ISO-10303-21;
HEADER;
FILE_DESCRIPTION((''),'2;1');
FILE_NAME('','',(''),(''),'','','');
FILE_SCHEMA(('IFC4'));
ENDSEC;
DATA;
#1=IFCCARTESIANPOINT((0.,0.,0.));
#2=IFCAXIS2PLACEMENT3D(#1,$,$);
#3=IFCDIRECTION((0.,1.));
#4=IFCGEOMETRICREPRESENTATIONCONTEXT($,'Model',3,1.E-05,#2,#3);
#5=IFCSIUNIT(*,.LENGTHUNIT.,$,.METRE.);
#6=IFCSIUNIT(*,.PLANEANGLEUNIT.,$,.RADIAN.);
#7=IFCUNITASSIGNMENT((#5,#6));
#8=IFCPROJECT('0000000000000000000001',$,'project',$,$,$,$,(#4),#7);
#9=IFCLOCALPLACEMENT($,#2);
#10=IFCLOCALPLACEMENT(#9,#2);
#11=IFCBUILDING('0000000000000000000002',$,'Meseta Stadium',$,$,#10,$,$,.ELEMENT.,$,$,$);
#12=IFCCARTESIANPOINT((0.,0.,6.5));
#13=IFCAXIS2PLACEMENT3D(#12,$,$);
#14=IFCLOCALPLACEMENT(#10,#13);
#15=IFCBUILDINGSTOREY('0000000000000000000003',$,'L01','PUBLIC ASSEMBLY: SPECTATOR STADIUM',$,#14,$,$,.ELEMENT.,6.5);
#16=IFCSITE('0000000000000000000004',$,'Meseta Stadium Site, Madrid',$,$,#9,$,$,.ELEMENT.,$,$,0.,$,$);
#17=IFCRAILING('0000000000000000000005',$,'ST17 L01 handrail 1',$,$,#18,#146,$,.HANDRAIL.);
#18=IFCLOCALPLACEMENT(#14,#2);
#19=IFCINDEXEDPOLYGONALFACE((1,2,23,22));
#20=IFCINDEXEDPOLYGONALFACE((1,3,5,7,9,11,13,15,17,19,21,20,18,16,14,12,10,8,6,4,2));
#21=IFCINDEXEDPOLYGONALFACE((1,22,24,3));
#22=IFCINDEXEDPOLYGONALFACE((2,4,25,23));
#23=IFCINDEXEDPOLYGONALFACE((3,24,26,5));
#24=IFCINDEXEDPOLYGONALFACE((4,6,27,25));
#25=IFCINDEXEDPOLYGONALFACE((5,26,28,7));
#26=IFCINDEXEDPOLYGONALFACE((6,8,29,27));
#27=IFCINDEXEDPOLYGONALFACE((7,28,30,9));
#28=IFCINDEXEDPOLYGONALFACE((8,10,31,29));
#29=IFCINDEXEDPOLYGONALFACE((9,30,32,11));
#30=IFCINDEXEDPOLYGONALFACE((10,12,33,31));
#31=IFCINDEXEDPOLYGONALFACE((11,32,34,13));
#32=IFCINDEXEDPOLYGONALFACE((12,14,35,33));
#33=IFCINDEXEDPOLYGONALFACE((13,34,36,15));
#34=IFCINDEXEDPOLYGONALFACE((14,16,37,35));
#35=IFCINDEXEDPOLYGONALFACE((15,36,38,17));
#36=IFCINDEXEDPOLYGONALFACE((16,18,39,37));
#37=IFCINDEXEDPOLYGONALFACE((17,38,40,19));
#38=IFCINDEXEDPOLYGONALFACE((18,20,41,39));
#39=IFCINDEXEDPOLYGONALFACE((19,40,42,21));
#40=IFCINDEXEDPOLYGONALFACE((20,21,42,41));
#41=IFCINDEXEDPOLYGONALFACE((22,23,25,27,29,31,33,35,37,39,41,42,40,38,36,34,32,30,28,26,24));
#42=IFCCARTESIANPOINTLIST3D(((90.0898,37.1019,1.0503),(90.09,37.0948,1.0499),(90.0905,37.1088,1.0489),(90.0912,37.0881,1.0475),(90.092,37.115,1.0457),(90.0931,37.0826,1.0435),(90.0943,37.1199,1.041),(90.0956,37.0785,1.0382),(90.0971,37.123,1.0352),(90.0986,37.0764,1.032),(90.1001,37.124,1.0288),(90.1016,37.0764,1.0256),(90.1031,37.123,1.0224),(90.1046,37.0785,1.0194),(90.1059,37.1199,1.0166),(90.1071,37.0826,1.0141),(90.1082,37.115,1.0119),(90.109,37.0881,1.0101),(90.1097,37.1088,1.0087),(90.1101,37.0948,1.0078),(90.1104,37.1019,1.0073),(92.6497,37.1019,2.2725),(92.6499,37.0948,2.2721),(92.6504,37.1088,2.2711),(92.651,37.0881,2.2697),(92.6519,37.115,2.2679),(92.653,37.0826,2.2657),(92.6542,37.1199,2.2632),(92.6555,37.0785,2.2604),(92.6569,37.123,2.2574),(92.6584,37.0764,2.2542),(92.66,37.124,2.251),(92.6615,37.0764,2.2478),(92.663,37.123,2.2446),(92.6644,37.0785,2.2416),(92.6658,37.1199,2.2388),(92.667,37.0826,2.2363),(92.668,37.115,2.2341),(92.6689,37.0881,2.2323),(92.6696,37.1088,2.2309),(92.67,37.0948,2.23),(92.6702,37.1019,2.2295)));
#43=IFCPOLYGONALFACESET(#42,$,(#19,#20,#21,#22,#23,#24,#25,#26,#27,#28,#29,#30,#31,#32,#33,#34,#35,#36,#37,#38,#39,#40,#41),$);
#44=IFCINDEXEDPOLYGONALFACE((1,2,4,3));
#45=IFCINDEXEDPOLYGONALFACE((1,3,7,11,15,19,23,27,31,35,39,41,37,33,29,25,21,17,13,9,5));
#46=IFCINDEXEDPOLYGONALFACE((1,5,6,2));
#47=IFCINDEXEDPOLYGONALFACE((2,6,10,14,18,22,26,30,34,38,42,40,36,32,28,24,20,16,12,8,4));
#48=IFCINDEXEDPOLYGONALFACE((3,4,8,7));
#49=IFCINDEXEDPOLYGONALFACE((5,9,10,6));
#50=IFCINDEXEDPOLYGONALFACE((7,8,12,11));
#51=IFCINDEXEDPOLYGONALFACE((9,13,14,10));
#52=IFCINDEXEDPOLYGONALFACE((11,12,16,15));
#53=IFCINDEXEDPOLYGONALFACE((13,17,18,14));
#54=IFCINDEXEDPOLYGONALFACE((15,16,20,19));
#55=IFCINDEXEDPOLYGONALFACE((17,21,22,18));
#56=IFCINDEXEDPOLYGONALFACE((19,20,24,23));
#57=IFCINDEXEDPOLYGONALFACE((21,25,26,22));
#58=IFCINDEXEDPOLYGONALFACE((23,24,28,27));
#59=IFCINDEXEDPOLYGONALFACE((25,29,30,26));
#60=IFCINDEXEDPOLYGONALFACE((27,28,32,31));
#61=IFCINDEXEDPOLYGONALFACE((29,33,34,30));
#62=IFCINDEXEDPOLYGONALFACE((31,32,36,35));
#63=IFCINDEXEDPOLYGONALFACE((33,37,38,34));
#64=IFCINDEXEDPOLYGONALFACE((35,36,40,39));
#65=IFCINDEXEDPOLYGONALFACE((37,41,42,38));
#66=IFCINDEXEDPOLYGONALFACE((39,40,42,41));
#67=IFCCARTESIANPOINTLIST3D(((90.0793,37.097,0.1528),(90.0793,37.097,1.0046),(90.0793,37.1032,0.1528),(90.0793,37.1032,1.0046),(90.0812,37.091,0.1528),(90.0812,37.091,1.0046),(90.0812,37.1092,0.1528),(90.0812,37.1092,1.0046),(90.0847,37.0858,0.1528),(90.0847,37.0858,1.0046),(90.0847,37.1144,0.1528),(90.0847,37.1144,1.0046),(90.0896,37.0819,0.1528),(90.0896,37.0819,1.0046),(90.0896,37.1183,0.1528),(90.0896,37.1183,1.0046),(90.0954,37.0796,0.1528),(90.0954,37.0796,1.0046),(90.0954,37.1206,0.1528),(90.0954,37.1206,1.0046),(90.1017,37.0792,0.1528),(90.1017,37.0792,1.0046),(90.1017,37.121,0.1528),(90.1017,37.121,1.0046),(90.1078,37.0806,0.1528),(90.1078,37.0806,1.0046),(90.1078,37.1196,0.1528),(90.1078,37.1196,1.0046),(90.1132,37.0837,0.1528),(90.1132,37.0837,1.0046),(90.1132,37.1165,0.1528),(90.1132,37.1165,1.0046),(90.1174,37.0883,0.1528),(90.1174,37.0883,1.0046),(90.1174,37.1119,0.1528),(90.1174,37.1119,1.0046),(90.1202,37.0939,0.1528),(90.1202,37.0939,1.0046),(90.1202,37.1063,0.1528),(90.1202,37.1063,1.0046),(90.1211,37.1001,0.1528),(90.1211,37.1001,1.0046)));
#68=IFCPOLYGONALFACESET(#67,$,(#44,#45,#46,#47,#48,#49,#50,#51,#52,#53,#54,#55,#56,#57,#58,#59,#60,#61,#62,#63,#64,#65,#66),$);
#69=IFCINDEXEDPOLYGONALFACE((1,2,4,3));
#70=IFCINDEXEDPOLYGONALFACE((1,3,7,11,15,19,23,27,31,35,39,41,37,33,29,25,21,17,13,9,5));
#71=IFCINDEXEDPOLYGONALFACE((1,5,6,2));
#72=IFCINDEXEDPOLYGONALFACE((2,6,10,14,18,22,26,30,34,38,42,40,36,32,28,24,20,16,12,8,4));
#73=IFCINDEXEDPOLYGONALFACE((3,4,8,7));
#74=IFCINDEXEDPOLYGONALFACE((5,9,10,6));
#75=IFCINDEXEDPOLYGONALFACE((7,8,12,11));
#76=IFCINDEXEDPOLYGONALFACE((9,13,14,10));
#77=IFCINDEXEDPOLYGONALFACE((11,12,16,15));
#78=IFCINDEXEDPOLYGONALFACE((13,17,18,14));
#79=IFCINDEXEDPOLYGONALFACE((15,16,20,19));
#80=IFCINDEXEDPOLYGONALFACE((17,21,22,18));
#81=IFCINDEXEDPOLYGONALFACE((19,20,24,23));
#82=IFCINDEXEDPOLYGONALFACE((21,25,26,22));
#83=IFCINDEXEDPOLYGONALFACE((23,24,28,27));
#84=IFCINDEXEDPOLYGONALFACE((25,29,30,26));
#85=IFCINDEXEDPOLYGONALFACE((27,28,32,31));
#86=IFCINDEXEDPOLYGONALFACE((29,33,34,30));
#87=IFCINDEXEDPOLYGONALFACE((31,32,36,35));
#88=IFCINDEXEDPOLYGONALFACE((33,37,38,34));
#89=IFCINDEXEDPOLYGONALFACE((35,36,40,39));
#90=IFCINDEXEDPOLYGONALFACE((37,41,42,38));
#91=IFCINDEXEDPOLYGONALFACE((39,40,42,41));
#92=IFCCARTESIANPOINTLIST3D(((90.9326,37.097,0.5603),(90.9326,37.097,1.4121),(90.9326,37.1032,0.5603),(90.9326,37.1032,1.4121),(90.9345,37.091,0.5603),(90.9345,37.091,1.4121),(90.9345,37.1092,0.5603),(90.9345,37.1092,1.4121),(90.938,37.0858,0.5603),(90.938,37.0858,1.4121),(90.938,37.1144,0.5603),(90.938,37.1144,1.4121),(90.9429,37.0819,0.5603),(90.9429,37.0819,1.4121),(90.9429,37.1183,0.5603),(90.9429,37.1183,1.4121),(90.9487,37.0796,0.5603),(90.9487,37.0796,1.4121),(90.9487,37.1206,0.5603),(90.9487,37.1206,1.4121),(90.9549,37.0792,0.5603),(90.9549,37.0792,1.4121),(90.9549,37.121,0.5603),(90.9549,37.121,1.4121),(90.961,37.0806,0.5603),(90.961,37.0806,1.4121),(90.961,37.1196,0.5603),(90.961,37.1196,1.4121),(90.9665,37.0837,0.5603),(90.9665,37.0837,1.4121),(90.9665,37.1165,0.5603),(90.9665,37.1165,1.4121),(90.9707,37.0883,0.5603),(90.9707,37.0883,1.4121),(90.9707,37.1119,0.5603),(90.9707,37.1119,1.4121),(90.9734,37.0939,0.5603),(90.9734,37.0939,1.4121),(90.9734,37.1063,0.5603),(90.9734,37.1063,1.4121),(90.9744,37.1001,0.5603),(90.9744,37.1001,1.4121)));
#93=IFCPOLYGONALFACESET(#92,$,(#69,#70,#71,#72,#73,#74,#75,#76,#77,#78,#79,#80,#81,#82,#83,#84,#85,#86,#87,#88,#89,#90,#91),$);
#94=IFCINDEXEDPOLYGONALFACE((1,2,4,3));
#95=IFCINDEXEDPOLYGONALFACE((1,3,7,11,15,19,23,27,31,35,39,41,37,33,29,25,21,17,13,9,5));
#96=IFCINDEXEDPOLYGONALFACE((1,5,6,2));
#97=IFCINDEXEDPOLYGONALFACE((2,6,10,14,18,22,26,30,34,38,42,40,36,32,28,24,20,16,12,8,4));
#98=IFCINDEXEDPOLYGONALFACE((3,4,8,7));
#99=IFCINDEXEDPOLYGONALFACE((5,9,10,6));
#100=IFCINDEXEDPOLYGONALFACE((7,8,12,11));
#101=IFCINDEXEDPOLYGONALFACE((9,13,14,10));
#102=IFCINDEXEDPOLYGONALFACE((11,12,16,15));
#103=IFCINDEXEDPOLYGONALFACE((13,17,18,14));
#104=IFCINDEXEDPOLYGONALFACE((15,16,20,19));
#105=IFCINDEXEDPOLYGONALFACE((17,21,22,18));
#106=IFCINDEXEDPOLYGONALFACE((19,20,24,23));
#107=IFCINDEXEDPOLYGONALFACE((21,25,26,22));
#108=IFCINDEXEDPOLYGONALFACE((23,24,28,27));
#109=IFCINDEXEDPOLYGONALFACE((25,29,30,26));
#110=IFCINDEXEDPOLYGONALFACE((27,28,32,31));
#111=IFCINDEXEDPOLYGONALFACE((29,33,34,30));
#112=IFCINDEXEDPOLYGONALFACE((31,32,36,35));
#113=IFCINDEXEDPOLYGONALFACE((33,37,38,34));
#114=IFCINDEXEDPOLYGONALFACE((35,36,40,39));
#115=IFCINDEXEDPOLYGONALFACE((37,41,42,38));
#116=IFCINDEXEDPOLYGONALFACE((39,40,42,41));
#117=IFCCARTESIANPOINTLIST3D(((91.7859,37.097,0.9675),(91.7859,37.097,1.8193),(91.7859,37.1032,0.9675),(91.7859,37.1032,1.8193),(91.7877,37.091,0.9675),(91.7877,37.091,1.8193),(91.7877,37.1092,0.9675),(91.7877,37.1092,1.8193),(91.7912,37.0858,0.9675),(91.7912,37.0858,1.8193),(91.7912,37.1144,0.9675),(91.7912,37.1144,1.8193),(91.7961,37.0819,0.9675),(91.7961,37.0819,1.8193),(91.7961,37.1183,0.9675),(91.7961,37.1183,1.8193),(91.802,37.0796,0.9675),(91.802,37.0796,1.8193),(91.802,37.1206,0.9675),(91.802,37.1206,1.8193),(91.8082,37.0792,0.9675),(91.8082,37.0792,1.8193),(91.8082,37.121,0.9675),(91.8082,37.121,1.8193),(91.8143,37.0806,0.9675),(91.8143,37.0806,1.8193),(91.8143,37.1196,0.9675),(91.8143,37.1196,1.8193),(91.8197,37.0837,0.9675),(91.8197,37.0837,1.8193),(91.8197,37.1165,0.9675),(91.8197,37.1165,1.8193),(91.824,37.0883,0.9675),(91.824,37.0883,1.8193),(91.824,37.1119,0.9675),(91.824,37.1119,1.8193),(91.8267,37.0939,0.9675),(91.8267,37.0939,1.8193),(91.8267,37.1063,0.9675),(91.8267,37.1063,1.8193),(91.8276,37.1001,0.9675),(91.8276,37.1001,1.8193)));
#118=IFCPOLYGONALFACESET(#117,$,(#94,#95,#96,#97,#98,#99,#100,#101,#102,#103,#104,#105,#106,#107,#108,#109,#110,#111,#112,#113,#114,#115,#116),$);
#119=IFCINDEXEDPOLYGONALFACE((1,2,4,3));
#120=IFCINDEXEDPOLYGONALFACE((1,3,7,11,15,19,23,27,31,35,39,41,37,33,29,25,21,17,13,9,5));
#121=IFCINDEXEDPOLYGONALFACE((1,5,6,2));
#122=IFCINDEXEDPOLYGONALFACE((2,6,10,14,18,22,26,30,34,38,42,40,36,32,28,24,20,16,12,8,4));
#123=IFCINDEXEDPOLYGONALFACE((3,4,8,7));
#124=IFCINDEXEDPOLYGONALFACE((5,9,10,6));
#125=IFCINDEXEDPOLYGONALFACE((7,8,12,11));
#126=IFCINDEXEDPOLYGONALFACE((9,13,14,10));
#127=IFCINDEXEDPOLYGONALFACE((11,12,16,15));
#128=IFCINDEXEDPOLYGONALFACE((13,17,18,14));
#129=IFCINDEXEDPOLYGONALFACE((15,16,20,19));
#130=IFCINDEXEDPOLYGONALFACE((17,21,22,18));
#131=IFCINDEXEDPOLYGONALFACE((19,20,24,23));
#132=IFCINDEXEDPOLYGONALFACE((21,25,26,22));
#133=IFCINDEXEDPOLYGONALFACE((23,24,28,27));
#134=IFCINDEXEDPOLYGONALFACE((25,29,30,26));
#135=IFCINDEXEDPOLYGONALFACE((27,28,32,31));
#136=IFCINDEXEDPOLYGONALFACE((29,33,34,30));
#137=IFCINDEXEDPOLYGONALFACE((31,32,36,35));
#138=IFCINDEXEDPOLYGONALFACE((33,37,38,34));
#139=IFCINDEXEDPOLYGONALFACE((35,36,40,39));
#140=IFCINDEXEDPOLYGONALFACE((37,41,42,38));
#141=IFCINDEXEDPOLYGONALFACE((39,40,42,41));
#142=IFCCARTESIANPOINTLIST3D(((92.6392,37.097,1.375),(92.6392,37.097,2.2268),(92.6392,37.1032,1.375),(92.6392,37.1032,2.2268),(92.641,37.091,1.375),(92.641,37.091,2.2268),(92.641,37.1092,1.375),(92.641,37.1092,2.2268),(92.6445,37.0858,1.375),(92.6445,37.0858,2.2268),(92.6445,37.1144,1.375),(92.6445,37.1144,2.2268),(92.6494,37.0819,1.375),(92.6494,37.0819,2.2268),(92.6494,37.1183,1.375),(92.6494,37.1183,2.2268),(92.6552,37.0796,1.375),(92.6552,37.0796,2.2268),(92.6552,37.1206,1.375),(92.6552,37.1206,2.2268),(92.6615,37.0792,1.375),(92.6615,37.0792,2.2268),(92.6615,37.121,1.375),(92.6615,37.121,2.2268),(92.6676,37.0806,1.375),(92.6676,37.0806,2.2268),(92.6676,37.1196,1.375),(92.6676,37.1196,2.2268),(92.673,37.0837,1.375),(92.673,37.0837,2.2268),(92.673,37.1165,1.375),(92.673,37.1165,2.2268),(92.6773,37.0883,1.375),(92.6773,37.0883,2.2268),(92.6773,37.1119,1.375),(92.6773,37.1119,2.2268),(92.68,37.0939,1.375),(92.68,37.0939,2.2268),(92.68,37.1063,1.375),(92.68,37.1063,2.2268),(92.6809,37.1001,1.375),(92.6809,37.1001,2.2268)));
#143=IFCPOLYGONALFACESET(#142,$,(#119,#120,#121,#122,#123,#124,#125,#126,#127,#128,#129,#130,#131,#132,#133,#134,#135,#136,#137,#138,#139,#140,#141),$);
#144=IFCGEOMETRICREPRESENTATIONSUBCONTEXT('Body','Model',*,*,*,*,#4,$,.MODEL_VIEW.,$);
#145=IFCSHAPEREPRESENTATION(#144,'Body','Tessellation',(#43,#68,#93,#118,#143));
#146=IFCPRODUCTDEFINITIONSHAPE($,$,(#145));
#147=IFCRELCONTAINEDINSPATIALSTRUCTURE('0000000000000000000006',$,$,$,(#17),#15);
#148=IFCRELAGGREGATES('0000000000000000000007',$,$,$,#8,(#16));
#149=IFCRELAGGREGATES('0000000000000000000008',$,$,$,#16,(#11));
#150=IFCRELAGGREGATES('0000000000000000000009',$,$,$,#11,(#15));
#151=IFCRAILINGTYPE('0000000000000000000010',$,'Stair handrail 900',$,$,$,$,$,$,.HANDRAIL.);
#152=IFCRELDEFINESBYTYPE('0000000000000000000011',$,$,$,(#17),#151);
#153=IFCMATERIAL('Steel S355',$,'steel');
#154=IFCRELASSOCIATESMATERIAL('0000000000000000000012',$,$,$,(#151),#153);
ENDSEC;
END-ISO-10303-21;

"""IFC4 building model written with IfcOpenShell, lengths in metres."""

from ifc_helpers import new_model, si_unit, direction, frame, origin, origin_2d, place, context, subcontext, project, spatial, circle, extrude, material, type_object, element, save


model = new_model("IFC4")

# Units and contexts
model_context = context("Model", 3, precision=1e-05, world=origin(), true_north=direction((0.0, 1.0)))
body_context = subcontext(model_context, "Body", "Model", "MODEL_VIEW")
ifc_project = project(units=[si_unit("LENGTHUNIT", "METRE"), si_unit("PLANEANGLEUNIT", "RADIAN")], contexts=[model_context])

# Site, building, storey
site_placement = place(None, origin())
site = spatial("IfcSite", under=ifc_project, at=site_placement, Name="Meseta Stadium Site, Madrid", CompositionType="ELEMENT", RefElevation=0.0)
building_placement = place(site_placement, origin())
building = spatial("IfcBuilding", under=site, at=building_placement, Name="Meseta Stadium", CompositionType="ELEMENT")
storey_placement = place(building_placement, frame((0.0, 0.0, 6.5)))
storey = spatial("IfcBuildingStorey", under=building, at=storey_placement, Name="L01", Description="PUBLIC ASSEMBLY: SPECTATOR STADIUM", CompositionType="ELEMENT", Elevation=6.5)

# Railing
ifc_material_1 = material(Name="Steel S355", Category="steel")
railing_type_1 = type_object("IfcRailingType", Name="Stair handrail 900", PredefinedType="HANDRAIL", material=ifc_material_1)
railing_1_placement = place(storey_placement, frame((90.1001, 37.1001, 0.1528)))
element("IfcRailing", 1, at=railing_1_placement, inside=storey, type_object=railing_type_1, Name="ST17 L01 handrail 1", PredefinedType="HANDRAIL", context=body_context, shape_type="SweptSolid", body=[
    extrude(circle(Radius=0.0239, at=origin_2d()), frame((0.0, 0.0, 0.876), z_axis=(0.902421, 0.0, 0.430855), x_axis=(0.0, 1.0, 0.0)), (0.0, 0.0, 1.0), 2.8367),
    extrude(circle(Radius=0.021, at=origin_2d()), origin(), (0.0, 0.0, 1.0), 0.8518),
    extrude(circle(Radius=0.021, at=origin_2d()), frame((0.8533, 0.0, 0.4075)), (0.0, 0.0, 1.0), 0.8518),
    extrude(circle(Radius=0.021, at=origin_2d()), frame((1.7065, 0.0, 0.8147)), (0.0, 0.0, 1.0), 0.8518),
    extrude(circle(Radius=0.021, at=origin_2d()), frame((2.5598, 0.0, 1.2222)), (0.0, 0.0, 1.0), 0.8518),
])

save(model, "model.ifc")
